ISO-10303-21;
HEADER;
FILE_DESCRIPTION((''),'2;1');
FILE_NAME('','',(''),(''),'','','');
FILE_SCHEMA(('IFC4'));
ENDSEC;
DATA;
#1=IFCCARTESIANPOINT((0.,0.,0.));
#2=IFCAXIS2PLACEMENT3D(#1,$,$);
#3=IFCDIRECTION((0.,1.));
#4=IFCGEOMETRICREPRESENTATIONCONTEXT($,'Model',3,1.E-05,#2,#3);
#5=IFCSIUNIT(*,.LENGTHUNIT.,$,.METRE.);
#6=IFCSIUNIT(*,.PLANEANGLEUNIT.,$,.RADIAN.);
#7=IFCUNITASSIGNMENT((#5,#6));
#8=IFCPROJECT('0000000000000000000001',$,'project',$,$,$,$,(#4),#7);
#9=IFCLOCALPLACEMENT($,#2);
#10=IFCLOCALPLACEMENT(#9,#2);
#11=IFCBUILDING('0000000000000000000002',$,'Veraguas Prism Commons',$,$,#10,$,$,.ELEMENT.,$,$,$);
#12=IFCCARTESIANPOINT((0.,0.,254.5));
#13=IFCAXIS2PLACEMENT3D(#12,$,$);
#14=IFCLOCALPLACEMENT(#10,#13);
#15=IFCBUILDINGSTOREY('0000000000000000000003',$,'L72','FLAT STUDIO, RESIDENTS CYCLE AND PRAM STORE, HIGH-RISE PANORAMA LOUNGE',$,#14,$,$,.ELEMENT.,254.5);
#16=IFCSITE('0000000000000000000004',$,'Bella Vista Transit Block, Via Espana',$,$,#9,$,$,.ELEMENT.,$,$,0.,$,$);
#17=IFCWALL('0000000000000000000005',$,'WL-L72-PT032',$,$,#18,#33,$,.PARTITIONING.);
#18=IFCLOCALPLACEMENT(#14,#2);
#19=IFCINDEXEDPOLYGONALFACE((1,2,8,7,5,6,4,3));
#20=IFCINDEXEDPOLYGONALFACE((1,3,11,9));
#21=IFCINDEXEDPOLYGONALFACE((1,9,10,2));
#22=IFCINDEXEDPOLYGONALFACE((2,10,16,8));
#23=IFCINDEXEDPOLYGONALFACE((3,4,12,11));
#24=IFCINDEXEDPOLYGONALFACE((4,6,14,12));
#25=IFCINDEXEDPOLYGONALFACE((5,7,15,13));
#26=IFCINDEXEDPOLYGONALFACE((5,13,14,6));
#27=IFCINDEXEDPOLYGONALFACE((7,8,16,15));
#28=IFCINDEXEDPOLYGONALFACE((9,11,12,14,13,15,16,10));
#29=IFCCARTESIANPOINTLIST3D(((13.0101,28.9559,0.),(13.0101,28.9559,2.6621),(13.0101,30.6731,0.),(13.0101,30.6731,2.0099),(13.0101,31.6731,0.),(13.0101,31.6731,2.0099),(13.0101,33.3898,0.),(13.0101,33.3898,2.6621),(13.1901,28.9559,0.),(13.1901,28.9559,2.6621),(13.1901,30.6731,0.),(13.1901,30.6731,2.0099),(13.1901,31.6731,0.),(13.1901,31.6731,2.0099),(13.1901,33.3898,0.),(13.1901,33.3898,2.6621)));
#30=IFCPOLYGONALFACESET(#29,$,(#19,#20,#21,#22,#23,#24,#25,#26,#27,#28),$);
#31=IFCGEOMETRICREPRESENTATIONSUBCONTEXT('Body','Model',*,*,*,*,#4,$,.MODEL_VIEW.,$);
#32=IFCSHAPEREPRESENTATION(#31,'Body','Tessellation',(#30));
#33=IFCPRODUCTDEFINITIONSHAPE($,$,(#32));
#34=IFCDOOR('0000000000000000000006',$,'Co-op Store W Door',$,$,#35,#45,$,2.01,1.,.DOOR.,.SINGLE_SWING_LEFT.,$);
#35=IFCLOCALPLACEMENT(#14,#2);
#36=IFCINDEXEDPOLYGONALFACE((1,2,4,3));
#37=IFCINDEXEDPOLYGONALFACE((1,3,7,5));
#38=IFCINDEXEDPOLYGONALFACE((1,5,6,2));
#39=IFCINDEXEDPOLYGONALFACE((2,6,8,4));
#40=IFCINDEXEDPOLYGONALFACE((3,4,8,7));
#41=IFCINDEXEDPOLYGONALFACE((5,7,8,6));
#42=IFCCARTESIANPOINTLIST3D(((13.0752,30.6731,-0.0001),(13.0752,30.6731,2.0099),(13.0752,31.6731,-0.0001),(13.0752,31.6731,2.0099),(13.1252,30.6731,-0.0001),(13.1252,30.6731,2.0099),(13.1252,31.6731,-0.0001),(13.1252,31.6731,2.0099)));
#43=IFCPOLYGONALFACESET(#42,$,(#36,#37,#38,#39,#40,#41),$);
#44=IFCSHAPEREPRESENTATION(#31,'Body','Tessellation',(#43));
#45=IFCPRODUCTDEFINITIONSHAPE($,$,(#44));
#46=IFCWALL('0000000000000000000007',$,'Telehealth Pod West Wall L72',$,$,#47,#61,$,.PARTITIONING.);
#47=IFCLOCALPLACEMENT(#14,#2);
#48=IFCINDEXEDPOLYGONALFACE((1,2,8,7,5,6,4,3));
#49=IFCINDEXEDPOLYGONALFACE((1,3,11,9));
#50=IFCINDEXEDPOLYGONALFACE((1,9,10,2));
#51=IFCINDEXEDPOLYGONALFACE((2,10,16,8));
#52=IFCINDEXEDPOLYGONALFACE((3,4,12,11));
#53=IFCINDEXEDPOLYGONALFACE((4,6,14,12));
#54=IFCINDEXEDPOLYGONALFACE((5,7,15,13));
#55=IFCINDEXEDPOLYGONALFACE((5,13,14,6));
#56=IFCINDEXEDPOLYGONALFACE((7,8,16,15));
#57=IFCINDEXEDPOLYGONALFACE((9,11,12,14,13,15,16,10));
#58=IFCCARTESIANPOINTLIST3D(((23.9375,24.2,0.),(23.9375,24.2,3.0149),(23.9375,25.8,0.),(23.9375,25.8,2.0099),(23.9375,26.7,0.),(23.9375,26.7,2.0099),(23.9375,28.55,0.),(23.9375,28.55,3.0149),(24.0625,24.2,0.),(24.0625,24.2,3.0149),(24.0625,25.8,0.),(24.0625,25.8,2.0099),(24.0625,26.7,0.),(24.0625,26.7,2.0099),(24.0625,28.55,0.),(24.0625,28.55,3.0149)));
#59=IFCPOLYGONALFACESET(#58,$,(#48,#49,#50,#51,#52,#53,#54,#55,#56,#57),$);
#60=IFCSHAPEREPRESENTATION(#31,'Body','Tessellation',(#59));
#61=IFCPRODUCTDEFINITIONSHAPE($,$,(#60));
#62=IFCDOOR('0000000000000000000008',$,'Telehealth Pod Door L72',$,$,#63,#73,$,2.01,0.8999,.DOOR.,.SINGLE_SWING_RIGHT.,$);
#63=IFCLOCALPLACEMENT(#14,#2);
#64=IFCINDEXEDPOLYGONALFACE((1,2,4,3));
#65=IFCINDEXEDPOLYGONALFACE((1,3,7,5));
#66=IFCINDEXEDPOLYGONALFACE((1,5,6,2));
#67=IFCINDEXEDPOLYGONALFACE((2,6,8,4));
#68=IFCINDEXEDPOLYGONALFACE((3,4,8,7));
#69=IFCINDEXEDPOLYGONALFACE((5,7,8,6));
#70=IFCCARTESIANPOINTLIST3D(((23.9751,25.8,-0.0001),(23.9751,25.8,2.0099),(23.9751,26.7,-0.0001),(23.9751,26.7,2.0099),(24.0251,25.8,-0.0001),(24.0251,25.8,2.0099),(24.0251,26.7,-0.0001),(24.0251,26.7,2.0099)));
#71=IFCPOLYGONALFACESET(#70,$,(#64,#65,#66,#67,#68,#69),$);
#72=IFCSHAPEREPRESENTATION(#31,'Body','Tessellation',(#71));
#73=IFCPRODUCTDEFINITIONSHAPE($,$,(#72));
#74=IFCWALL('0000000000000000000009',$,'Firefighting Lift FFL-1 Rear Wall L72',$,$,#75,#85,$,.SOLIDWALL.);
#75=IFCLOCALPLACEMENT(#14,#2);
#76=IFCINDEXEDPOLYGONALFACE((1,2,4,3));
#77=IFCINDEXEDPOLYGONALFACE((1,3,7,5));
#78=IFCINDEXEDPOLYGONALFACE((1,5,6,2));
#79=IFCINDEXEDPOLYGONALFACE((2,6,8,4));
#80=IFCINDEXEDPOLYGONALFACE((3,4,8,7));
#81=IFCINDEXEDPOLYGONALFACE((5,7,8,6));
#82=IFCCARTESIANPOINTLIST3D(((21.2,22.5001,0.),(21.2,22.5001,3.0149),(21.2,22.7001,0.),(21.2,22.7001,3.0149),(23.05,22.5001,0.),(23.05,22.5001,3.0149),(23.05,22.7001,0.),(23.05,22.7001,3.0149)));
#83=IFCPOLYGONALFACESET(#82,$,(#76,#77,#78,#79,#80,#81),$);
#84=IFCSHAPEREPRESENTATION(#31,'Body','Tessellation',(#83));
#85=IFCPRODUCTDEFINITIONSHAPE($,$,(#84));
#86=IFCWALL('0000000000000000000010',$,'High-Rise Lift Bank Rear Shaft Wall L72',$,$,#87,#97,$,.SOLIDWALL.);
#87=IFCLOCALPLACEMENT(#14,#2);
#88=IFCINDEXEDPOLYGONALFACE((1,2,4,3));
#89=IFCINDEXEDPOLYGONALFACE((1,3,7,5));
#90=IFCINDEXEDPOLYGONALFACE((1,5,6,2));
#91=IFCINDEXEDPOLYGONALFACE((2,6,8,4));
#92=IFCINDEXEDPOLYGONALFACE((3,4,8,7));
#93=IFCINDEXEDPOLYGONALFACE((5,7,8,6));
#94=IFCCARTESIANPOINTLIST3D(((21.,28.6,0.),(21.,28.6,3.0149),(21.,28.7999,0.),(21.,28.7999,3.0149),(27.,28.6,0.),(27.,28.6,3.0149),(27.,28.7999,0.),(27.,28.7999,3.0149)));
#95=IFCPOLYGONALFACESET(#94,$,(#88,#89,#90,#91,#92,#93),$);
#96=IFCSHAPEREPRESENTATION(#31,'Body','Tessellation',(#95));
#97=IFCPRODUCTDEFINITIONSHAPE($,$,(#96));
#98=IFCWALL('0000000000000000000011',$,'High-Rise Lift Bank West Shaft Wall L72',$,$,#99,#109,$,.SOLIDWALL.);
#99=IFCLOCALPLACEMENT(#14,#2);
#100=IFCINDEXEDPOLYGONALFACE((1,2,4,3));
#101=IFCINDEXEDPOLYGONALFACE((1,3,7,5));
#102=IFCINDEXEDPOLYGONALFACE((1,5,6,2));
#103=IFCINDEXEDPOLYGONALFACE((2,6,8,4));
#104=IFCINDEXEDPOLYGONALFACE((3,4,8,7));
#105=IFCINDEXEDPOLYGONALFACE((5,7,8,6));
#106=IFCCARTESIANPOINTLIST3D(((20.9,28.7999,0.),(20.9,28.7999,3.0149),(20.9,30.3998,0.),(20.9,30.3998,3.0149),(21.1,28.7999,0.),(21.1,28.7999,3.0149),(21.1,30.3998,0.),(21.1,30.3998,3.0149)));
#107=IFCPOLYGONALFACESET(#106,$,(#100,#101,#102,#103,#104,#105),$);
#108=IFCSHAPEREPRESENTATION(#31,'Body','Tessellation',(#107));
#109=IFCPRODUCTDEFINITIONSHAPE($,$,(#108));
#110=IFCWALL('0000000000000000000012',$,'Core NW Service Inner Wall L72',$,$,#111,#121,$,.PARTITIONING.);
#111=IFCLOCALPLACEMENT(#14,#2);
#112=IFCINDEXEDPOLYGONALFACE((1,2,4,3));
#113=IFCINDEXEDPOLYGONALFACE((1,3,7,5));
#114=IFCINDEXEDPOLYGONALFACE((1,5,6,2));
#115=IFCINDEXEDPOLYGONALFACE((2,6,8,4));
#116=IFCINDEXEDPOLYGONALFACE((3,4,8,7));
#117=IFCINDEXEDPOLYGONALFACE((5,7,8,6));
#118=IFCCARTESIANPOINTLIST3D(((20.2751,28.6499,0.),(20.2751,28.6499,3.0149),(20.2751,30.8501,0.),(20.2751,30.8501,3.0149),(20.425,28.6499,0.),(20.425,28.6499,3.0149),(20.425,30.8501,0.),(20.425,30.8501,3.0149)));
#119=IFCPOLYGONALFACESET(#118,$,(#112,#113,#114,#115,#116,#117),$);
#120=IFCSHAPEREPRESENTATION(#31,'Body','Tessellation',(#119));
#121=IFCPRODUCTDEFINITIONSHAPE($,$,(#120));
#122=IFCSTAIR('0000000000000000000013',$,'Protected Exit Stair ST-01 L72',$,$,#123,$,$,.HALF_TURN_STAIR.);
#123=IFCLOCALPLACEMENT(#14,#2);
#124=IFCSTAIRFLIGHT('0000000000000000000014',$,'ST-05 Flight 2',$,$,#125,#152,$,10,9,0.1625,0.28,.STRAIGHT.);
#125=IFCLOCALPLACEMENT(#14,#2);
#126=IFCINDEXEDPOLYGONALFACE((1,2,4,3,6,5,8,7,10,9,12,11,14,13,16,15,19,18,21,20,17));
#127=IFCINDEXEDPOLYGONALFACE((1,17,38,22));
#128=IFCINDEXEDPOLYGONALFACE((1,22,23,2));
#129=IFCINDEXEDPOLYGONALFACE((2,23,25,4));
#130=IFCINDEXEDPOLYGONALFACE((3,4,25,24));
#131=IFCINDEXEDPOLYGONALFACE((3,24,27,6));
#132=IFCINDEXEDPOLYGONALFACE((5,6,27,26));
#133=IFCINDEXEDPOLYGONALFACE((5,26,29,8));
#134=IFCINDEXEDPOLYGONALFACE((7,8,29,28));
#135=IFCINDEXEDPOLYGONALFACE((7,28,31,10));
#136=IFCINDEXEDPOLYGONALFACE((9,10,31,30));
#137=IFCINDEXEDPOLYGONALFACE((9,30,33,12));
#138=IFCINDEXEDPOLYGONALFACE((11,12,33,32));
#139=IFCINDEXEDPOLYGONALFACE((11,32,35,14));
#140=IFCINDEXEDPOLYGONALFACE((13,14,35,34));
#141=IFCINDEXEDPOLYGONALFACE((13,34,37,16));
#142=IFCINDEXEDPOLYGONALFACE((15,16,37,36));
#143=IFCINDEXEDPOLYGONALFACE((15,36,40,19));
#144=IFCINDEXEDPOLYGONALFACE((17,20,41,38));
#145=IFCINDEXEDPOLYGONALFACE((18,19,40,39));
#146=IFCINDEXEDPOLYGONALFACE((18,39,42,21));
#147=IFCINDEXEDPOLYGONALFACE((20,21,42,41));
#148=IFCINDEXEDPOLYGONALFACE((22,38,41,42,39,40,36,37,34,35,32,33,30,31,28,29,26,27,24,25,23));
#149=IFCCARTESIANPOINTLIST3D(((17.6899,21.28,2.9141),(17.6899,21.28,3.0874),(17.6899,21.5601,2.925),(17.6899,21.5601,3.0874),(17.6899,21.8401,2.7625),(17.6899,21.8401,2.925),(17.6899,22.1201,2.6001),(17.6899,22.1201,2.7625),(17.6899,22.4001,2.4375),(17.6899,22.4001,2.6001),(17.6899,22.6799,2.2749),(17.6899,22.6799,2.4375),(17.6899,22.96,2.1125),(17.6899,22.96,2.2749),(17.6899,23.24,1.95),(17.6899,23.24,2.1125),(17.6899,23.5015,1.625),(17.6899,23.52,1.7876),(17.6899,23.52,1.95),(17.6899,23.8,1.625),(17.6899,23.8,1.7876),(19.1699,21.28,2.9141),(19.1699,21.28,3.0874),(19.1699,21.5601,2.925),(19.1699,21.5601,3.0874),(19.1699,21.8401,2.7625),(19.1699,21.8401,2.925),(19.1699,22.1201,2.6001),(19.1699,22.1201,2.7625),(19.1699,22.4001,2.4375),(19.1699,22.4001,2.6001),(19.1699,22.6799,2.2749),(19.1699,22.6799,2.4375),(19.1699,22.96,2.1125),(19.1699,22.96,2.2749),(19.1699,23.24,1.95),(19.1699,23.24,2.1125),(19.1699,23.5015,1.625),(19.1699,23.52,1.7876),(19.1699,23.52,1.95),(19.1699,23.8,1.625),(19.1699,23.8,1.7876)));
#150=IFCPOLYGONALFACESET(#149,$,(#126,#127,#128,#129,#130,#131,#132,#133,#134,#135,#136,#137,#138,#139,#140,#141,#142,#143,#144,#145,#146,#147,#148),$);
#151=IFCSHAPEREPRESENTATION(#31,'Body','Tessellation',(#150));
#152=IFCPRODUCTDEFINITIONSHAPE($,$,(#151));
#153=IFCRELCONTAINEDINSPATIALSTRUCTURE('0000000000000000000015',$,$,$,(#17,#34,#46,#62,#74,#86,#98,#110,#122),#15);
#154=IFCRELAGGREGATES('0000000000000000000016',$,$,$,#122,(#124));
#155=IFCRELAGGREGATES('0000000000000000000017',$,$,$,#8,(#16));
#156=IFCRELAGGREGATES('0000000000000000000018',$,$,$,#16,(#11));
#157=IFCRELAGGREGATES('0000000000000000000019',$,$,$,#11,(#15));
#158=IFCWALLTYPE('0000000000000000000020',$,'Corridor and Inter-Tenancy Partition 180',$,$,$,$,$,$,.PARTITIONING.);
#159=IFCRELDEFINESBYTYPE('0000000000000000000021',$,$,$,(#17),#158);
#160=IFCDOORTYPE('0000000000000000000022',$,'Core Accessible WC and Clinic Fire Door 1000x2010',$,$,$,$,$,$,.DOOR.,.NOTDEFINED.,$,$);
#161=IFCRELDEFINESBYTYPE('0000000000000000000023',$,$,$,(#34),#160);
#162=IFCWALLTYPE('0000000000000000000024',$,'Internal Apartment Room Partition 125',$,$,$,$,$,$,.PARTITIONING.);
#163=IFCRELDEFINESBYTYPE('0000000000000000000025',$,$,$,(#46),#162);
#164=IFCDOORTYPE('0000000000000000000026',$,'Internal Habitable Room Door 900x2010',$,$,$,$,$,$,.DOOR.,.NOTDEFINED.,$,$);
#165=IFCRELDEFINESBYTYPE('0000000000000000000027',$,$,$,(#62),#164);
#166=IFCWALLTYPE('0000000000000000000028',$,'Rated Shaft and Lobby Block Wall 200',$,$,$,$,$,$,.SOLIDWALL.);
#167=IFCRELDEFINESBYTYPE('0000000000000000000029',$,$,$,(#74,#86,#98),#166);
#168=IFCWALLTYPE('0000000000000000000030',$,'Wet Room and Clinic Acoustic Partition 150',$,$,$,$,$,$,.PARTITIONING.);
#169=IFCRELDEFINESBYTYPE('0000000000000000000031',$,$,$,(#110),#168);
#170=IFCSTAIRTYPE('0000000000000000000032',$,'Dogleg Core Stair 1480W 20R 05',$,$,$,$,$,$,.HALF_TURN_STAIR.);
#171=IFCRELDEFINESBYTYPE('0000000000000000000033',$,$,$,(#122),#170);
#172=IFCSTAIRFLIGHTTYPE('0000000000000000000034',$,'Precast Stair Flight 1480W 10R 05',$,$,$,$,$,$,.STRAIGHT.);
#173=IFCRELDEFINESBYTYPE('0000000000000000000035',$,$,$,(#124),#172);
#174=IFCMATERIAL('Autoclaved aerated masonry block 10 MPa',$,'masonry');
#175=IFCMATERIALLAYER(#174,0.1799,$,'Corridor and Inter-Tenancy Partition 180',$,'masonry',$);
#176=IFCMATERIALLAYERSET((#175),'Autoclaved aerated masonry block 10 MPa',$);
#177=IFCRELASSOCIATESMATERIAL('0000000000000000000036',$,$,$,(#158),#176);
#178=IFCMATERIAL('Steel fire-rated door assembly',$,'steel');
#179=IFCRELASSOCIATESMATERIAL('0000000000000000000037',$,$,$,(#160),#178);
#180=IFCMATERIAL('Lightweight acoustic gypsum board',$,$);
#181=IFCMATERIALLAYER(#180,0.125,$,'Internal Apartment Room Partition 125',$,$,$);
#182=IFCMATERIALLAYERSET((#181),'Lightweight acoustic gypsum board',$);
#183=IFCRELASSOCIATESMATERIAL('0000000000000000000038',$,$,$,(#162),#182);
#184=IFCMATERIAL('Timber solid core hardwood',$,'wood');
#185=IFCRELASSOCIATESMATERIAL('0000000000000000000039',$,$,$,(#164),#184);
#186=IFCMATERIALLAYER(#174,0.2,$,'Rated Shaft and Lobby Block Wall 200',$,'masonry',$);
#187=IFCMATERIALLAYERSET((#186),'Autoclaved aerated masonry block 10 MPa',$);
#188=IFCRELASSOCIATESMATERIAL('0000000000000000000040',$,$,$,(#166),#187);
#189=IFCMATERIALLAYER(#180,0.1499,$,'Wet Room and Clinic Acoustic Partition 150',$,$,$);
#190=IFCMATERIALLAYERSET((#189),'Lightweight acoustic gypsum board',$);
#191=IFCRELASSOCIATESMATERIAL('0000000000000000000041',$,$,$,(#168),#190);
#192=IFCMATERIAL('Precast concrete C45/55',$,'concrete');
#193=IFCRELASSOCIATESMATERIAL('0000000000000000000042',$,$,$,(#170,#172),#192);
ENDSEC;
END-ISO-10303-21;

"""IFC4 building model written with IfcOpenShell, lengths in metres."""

from ifc_helpers import new_model, si_unit, direction, frame, frame_2d, origin, place, context, subcontext, project, spatial, polyline, rectangle, outline, extrude, source, transform, mapped, material, layer, layer_set, type_object, element, fill, aggregate, save


model = new_model("IFC4")

# Units and contexts
model_context = context("Model", 3, precision=1e-05, world=origin(), true_north=direction((0.0, 1.0)))
body_context = subcontext(model_context, "Body", "Model", "MODEL_VIEW")
ifc_project = project(units=[si_unit("LENGTHUNIT", "METRE"), si_unit("PLANEANGLEUNIT", "RADIAN")], contexts=[model_context])

# Site, building, storey
site_placement = place(None, origin())
site = spatial("IfcSite", under=ifc_project, at=site_placement, Name="Bella Vista Transit Block, Via Espana", CompositionType="ELEMENT", RefElevation=0.0)
building_placement = place(site_placement, origin())
building = spatial("IfcBuilding", under=site, at=building_placement, Name="Veraguas Prism Commons", CompositionType="ELEMENT")
storey_placement = place(building_placement, frame((0.0, 0.0, 254.5)))
storey = spatial("IfcBuildingStorey", under=building, at=storey_placement, Name="L72", Description="FLAT STUDIO, RESIDENTS CYCLE AND PRAM STORE, HIGH-RISE PANORAMA LOUNGE", CompositionType="ELEMENT", Elevation=254.5)

# Walls, openings, doors
ifc_material_1 = material(Name="Steel fire-rated door assembly", Category="steel")
ifc_material_2 = material(Name="Autoclaved aerated masonry block 10 MPa", Category="masonry")
ifc_layer_1 = layer(ifc_material_2, 0.1799, Name="Corridor and Inter-Tenancy Partition 180", Category="masonry")
ifc_layer_set_1 = layer_set([ifc_layer_1], Name="Autoclaved aerated masonry block 10 MPa")
wall_type_1 = type_object("IfcWallType", Name="Corridor and Inter-Tenancy Partition 180", PredefinedType="PARTITIONING", material=ifc_layer_set_1)
shared_shape_1 = source(origin(), body_context, "Body", "SweptSolid", [
    extrude(rectangle(XDim=0.8999, YDim=2.01, at=frame_2d((0.45, 1.0049))), frame((0.0, 0.0249, 0.0), z_axis=(0.0, -1.0, 0.0), x_axis=(1.0, 0.0, 0.0)), (0.0, 0.0, 1.0), 0.05),
])
wall_1_placement = place(storey_placement, frame((13.1001, 28.9561, 0.0), z_axis=(0.0, 0.0, 1.0), x_axis=(0.0, 1.0, 0.0)))
wall_1 = element("IfcWall", 1, at=wall_1_placement, inside=storey, type_object=wall_type_1, Name="WL-L72-PT032", PredefinedType="PARTITIONING", context=body_context, shape_type="SweptSolid", body=[
    extrude(rectangle(XDim=4.4338, YDim=0.1799, at=frame_2d((2.2168, 0.0))), origin(), (0.0, 0.0, 1.0), 2.6621),
])
opening_1_placement = place(wall_1_placement, frame((1.717, 0.0, 0.0)))
opening_1 = element("IfcOpeningElement", 2, at=opening_1_placement, cuts=wall_1, PredefinedType="OPENING", context=body_context, shape_type="SweptSolid", body=[
    extrude(rectangle(XDim=1.0, YDim=2.01, at=frame_2d((0.5, 1.0049))), frame((0.0, 0.0999, 0.0), z_axis=(0.0, -1.0, 0.0), x_axis=(1.0, 0.0, 0.0)), (0.0, 0.0, 1.0), 0.2),
])
door_type_1 = type_object("IfcDoorType", Name="Core Accessible WC and Clinic Fire Door 1000x2010", OperationType="NOTDEFINED", PredefinedType="DOOR", material=ifc_material_1)
shared_shape_2 = source(origin(), body_context, "Body", "SweptSolid", [
    extrude(rectangle(XDim=1.0, YDim=2.01, at=frame_2d((0.5, 1.0049))), frame((0.0, 0.0249, 0.0), z_axis=(0.0, -1.0, 0.0), x_axis=(1.0, 0.0, 0.0)), (0.0, 0.0, 1.0), 0.05),
])
door_1_placement = place(opening_1_placement, origin())
door_1 = element("IfcDoor", 3, at=door_1_placement, inside=storey, type_object=door_type_1, Name="Co-op Store W Door", OperationType="SINGLE_SWING_LEFT", OverallHeight=2.01, OverallWidth=1.0, PredefinedType="DOOR", context=body_context, shape_type="MappedRepresentation", body=[
    mapped(shared_shape_2, transform((0.0, 0.0, 0.0), scale=1.0)),
])
fill(opening_1, door_1)
ifc_material_3 = material(Name="Lightweight acoustic gypsum board")
ifc_layer_2 = layer(ifc_material_3, 0.125, Name="Internal Apartment Room Partition 125")
ifc_layer_set_2 = layer_set([ifc_layer_2], Name="Lightweight acoustic gypsum board")
wall_type_2 = type_object("IfcWallType", Name="Internal Apartment Room Partition 125", PredefinedType="PARTITIONING", material=ifc_layer_set_2)
wall_2_placement = place(storey_placement, frame((24.0, 24.2, 0.0), z_axis=(0.0, 0.0, 1.0), x_axis=(0.0, 1.0, 0.0)))
wall_2 = element("IfcWall", 4, at=wall_2_placement, inside=storey, type_object=wall_type_2, Name="Telehealth Pod West Wall L72", PredefinedType="PARTITIONING", context=body_context, shape_type="SweptSolid", body=[
    extrude(rectangle(XDim=4.3501, YDim=0.125, at=frame_2d((2.175, 0.0))), origin(), (0.0, 0.0, 1.0), 3.0149),
])
opening_2_placement = place(wall_2_placement, frame((1.6001, 0.0, 0.0)))
opening_2 = element("IfcOpeningElement", 5, at=opening_2_placement, cuts=wall_2, PredefinedType="OPENING", context=body_context, shape_type="SweptSolid", body=[
    extrude(rectangle(XDim=0.8999, YDim=2.01, at=frame_2d((0.45, 1.0049))), frame((0.0, 0.0725, 0.0), z_axis=(0.0, -1.0, 0.0), x_axis=(1.0, 0.0, 0.0)), (0.0, 0.0, 1.0), 0.145),
])
ifc_material_4 = material(Name="Timber solid core hardwood", Category="wood")
door_type_2 = type_object("IfcDoorType", Name="Internal Habitable Room Door 900x2010", OperationType="NOTDEFINED", PredefinedType="DOOR", material=ifc_material_4)
door_2_placement = place(opening_2_placement, origin())
door_2 = element("IfcDoor", 6, at=door_2_placement, inside=storey, type_object=door_type_2, Name="Telehealth Pod Door L72", OperationType="SINGLE_SWING_RIGHT", OverallHeight=2.01, OverallWidth=0.8999, PredefinedType="DOOR", context=body_context, shape_type="MappedRepresentation", body=[
    mapped(shared_shape_1, transform((0.0, 0.0, 0.0), scale=1.0)),
])
fill(opening_2, door_2)

# Walls
ifc_layer_3 = layer(ifc_material_2, 0.2, Name="Rated Shaft and Lobby Block Wall 200", Category="masonry")
ifc_layer_set_3 = layer_set([ifc_layer_3], Name="Autoclaved aerated masonry block 10 MPa")
wall_type_3 = type_object("IfcWallType", Name="Rated Shaft and Lobby Block Wall 200", PredefinedType="SOLIDWALL", material=ifc_layer_set_3)
wall_3_placement = place(storey_placement, frame((21.2, 22.6001, 0.0), z_axis=(0.0, 0.0, 1.0), x_axis=(1.0, 0.0, 0.0)))
element("IfcWall", 7, at=wall_3_placement, inside=storey, type_object=wall_type_3, Name="Firefighting Lift FFL-1 Rear Wall L72", PredefinedType="SOLIDWALL", context=body_context, shape_type="SweptSolid", body=[
    extrude(rectangle(XDim=1.8501, YDim=0.2, at=frame_2d((0.925, 0.0))), origin(), (0.0, 0.0, 1.0), 3.0149),
])
wall_4_placement = place(storey_placement, frame((21.0, 28.7, 0.0), z_axis=(0.0, 0.0, 1.0), x_axis=(1.0, 0.0, 0.0)))
element("IfcWall", 8, at=wall_4_placement, inside=storey, type_object=wall_type_3, Name="High-Rise Lift Bank Rear Shaft Wall L72", PredefinedType="SOLIDWALL", context=body_context, shape_type="SweptSolid", body=[
    extrude(rectangle(XDim=6.0, YDim=0.2, at=frame_2d((3.0, 0.0))), origin(), (0.0, 0.0, 1.0), 3.0149),
])
wall_5_placement = place(storey_placement, frame((21.0, 28.8, 0.0), z_axis=(0.0, 0.0, 1.0), x_axis=(0.0, 1.0, 0.0)))
element("IfcWall", 9, at=wall_5_placement, inside=storey, type_object=wall_type_3, Name="High-Rise Lift Bank West Shaft Wall L72", PredefinedType="SOLIDWALL", context=body_context, shape_type="SweptSolid", body=[
    extrude(rectangle(XDim=1.5999, YDim=0.2, at=frame_2d((0.7998, 0.0))), origin(), (0.0, 0.0, 1.0), 3.0149),
])
ifc_layer_4 = layer(ifc_material_3, 0.1499, Name="Wet Room and Clinic Acoustic Partition 150")
ifc_layer_set_4 = layer_set([ifc_layer_4], Name="Lightweight acoustic gypsum board")
wall_type_4 = type_object("IfcWallType", Name="Wet Room and Clinic Acoustic Partition 150", PredefinedType="PARTITIONING", material=ifc_layer_set_4)
wall_6_placement = place(storey_placement, frame((20.3501, 28.6499, 0.0), z_axis=(0.0, 0.0, 1.0), x_axis=(0.0, 1.0, 0.0)))
element("IfcWall", 10, at=wall_6_placement, inside=storey, type_object=wall_type_4, Name="Core NW Service Inner Wall L72", PredefinedType="PARTITIONING", context=body_context, shape_type="SweptSolid", body=[
    extrude(rectangle(XDim=2.2002, YDim=0.1499, at=frame_2d((1.1001, 0.0))), origin(), (0.0, 0.0, 1.0), 3.0149),
])

# Stair, stair flight
ifc_material_5 = material(Name="Precast concrete C45/55", Category="concrete")
stair_type = type_object("IfcStairType", Name="Dogleg Core Stair 1480W 20R 05", PredefinedType="HALF_TURN_STAIR", material=ifc_material_5)
stair_placement = place(storey_placement, origin())
stair = element("IfcStair", 11, at=stair_placement, inside=storey, type_object=stair_type, Name="Protected Exit Stair ST-01 L72", PredefinedType="HALF_TURN_STAIR")
stair_flight_type = type_object("IfcStairFlightType", Name="Precast Stair Flight 1480W 10R 05", PredefinedType="STRAIGHT", material=ifc_material_5)
stair_flight_placement = place(storey_placement, frame((18.4299, 23.8, 1.625), z_axis=(0.0, 0.0, 1.0), x_axis=(0.0, -1.0, 0.0)))
stair_flight = element("IfcStairFlight", 12, at=stair_flight_placement, type_object=stair_flight_type, Name="ST-05 Flight 2", NumberOfRisers=10, NumberOfTreads=9, PredefinedType="STRAIGHT", RiserHeight=0.1625, TreadLength=0.28, context=body_context, shape_type="SweptSolid", body=[
    extrude(outline(polyline([(0.0, 0.0), (0.0, 0.1626), (0.28, 0.1626), (0.28, 0.325), (0.5601, 0.325), (0.5601, 0.4875), (0.8401, 0.4875), (0.8401, 0.6499), (1.1201, 0.6499), (1.1201, 0.8125), (1.3999, 0.8125), (1.3999, 0.9751), (1.6799, 0.9751), (1.6799, 1.1375), (1.96, 1.1375), (1.96, 1.3), (2.24, 1.3), (2.24, 1.4624), (2.52, 1.4624), (2.52, 1.625), (2.52, 1.2891), (0.2986, 0.0), (0.0, 0.0)])), frame((0.0, 0.74, 0.0), z_axis=(0.0, -1.0, 0.0), x_axis=(1.0, 0.0, 0.0)), (0.0, 0.0, 1.0), 1.48),
])
aggregate(stair, [stair_flight])

save(model, "model.ifc")
